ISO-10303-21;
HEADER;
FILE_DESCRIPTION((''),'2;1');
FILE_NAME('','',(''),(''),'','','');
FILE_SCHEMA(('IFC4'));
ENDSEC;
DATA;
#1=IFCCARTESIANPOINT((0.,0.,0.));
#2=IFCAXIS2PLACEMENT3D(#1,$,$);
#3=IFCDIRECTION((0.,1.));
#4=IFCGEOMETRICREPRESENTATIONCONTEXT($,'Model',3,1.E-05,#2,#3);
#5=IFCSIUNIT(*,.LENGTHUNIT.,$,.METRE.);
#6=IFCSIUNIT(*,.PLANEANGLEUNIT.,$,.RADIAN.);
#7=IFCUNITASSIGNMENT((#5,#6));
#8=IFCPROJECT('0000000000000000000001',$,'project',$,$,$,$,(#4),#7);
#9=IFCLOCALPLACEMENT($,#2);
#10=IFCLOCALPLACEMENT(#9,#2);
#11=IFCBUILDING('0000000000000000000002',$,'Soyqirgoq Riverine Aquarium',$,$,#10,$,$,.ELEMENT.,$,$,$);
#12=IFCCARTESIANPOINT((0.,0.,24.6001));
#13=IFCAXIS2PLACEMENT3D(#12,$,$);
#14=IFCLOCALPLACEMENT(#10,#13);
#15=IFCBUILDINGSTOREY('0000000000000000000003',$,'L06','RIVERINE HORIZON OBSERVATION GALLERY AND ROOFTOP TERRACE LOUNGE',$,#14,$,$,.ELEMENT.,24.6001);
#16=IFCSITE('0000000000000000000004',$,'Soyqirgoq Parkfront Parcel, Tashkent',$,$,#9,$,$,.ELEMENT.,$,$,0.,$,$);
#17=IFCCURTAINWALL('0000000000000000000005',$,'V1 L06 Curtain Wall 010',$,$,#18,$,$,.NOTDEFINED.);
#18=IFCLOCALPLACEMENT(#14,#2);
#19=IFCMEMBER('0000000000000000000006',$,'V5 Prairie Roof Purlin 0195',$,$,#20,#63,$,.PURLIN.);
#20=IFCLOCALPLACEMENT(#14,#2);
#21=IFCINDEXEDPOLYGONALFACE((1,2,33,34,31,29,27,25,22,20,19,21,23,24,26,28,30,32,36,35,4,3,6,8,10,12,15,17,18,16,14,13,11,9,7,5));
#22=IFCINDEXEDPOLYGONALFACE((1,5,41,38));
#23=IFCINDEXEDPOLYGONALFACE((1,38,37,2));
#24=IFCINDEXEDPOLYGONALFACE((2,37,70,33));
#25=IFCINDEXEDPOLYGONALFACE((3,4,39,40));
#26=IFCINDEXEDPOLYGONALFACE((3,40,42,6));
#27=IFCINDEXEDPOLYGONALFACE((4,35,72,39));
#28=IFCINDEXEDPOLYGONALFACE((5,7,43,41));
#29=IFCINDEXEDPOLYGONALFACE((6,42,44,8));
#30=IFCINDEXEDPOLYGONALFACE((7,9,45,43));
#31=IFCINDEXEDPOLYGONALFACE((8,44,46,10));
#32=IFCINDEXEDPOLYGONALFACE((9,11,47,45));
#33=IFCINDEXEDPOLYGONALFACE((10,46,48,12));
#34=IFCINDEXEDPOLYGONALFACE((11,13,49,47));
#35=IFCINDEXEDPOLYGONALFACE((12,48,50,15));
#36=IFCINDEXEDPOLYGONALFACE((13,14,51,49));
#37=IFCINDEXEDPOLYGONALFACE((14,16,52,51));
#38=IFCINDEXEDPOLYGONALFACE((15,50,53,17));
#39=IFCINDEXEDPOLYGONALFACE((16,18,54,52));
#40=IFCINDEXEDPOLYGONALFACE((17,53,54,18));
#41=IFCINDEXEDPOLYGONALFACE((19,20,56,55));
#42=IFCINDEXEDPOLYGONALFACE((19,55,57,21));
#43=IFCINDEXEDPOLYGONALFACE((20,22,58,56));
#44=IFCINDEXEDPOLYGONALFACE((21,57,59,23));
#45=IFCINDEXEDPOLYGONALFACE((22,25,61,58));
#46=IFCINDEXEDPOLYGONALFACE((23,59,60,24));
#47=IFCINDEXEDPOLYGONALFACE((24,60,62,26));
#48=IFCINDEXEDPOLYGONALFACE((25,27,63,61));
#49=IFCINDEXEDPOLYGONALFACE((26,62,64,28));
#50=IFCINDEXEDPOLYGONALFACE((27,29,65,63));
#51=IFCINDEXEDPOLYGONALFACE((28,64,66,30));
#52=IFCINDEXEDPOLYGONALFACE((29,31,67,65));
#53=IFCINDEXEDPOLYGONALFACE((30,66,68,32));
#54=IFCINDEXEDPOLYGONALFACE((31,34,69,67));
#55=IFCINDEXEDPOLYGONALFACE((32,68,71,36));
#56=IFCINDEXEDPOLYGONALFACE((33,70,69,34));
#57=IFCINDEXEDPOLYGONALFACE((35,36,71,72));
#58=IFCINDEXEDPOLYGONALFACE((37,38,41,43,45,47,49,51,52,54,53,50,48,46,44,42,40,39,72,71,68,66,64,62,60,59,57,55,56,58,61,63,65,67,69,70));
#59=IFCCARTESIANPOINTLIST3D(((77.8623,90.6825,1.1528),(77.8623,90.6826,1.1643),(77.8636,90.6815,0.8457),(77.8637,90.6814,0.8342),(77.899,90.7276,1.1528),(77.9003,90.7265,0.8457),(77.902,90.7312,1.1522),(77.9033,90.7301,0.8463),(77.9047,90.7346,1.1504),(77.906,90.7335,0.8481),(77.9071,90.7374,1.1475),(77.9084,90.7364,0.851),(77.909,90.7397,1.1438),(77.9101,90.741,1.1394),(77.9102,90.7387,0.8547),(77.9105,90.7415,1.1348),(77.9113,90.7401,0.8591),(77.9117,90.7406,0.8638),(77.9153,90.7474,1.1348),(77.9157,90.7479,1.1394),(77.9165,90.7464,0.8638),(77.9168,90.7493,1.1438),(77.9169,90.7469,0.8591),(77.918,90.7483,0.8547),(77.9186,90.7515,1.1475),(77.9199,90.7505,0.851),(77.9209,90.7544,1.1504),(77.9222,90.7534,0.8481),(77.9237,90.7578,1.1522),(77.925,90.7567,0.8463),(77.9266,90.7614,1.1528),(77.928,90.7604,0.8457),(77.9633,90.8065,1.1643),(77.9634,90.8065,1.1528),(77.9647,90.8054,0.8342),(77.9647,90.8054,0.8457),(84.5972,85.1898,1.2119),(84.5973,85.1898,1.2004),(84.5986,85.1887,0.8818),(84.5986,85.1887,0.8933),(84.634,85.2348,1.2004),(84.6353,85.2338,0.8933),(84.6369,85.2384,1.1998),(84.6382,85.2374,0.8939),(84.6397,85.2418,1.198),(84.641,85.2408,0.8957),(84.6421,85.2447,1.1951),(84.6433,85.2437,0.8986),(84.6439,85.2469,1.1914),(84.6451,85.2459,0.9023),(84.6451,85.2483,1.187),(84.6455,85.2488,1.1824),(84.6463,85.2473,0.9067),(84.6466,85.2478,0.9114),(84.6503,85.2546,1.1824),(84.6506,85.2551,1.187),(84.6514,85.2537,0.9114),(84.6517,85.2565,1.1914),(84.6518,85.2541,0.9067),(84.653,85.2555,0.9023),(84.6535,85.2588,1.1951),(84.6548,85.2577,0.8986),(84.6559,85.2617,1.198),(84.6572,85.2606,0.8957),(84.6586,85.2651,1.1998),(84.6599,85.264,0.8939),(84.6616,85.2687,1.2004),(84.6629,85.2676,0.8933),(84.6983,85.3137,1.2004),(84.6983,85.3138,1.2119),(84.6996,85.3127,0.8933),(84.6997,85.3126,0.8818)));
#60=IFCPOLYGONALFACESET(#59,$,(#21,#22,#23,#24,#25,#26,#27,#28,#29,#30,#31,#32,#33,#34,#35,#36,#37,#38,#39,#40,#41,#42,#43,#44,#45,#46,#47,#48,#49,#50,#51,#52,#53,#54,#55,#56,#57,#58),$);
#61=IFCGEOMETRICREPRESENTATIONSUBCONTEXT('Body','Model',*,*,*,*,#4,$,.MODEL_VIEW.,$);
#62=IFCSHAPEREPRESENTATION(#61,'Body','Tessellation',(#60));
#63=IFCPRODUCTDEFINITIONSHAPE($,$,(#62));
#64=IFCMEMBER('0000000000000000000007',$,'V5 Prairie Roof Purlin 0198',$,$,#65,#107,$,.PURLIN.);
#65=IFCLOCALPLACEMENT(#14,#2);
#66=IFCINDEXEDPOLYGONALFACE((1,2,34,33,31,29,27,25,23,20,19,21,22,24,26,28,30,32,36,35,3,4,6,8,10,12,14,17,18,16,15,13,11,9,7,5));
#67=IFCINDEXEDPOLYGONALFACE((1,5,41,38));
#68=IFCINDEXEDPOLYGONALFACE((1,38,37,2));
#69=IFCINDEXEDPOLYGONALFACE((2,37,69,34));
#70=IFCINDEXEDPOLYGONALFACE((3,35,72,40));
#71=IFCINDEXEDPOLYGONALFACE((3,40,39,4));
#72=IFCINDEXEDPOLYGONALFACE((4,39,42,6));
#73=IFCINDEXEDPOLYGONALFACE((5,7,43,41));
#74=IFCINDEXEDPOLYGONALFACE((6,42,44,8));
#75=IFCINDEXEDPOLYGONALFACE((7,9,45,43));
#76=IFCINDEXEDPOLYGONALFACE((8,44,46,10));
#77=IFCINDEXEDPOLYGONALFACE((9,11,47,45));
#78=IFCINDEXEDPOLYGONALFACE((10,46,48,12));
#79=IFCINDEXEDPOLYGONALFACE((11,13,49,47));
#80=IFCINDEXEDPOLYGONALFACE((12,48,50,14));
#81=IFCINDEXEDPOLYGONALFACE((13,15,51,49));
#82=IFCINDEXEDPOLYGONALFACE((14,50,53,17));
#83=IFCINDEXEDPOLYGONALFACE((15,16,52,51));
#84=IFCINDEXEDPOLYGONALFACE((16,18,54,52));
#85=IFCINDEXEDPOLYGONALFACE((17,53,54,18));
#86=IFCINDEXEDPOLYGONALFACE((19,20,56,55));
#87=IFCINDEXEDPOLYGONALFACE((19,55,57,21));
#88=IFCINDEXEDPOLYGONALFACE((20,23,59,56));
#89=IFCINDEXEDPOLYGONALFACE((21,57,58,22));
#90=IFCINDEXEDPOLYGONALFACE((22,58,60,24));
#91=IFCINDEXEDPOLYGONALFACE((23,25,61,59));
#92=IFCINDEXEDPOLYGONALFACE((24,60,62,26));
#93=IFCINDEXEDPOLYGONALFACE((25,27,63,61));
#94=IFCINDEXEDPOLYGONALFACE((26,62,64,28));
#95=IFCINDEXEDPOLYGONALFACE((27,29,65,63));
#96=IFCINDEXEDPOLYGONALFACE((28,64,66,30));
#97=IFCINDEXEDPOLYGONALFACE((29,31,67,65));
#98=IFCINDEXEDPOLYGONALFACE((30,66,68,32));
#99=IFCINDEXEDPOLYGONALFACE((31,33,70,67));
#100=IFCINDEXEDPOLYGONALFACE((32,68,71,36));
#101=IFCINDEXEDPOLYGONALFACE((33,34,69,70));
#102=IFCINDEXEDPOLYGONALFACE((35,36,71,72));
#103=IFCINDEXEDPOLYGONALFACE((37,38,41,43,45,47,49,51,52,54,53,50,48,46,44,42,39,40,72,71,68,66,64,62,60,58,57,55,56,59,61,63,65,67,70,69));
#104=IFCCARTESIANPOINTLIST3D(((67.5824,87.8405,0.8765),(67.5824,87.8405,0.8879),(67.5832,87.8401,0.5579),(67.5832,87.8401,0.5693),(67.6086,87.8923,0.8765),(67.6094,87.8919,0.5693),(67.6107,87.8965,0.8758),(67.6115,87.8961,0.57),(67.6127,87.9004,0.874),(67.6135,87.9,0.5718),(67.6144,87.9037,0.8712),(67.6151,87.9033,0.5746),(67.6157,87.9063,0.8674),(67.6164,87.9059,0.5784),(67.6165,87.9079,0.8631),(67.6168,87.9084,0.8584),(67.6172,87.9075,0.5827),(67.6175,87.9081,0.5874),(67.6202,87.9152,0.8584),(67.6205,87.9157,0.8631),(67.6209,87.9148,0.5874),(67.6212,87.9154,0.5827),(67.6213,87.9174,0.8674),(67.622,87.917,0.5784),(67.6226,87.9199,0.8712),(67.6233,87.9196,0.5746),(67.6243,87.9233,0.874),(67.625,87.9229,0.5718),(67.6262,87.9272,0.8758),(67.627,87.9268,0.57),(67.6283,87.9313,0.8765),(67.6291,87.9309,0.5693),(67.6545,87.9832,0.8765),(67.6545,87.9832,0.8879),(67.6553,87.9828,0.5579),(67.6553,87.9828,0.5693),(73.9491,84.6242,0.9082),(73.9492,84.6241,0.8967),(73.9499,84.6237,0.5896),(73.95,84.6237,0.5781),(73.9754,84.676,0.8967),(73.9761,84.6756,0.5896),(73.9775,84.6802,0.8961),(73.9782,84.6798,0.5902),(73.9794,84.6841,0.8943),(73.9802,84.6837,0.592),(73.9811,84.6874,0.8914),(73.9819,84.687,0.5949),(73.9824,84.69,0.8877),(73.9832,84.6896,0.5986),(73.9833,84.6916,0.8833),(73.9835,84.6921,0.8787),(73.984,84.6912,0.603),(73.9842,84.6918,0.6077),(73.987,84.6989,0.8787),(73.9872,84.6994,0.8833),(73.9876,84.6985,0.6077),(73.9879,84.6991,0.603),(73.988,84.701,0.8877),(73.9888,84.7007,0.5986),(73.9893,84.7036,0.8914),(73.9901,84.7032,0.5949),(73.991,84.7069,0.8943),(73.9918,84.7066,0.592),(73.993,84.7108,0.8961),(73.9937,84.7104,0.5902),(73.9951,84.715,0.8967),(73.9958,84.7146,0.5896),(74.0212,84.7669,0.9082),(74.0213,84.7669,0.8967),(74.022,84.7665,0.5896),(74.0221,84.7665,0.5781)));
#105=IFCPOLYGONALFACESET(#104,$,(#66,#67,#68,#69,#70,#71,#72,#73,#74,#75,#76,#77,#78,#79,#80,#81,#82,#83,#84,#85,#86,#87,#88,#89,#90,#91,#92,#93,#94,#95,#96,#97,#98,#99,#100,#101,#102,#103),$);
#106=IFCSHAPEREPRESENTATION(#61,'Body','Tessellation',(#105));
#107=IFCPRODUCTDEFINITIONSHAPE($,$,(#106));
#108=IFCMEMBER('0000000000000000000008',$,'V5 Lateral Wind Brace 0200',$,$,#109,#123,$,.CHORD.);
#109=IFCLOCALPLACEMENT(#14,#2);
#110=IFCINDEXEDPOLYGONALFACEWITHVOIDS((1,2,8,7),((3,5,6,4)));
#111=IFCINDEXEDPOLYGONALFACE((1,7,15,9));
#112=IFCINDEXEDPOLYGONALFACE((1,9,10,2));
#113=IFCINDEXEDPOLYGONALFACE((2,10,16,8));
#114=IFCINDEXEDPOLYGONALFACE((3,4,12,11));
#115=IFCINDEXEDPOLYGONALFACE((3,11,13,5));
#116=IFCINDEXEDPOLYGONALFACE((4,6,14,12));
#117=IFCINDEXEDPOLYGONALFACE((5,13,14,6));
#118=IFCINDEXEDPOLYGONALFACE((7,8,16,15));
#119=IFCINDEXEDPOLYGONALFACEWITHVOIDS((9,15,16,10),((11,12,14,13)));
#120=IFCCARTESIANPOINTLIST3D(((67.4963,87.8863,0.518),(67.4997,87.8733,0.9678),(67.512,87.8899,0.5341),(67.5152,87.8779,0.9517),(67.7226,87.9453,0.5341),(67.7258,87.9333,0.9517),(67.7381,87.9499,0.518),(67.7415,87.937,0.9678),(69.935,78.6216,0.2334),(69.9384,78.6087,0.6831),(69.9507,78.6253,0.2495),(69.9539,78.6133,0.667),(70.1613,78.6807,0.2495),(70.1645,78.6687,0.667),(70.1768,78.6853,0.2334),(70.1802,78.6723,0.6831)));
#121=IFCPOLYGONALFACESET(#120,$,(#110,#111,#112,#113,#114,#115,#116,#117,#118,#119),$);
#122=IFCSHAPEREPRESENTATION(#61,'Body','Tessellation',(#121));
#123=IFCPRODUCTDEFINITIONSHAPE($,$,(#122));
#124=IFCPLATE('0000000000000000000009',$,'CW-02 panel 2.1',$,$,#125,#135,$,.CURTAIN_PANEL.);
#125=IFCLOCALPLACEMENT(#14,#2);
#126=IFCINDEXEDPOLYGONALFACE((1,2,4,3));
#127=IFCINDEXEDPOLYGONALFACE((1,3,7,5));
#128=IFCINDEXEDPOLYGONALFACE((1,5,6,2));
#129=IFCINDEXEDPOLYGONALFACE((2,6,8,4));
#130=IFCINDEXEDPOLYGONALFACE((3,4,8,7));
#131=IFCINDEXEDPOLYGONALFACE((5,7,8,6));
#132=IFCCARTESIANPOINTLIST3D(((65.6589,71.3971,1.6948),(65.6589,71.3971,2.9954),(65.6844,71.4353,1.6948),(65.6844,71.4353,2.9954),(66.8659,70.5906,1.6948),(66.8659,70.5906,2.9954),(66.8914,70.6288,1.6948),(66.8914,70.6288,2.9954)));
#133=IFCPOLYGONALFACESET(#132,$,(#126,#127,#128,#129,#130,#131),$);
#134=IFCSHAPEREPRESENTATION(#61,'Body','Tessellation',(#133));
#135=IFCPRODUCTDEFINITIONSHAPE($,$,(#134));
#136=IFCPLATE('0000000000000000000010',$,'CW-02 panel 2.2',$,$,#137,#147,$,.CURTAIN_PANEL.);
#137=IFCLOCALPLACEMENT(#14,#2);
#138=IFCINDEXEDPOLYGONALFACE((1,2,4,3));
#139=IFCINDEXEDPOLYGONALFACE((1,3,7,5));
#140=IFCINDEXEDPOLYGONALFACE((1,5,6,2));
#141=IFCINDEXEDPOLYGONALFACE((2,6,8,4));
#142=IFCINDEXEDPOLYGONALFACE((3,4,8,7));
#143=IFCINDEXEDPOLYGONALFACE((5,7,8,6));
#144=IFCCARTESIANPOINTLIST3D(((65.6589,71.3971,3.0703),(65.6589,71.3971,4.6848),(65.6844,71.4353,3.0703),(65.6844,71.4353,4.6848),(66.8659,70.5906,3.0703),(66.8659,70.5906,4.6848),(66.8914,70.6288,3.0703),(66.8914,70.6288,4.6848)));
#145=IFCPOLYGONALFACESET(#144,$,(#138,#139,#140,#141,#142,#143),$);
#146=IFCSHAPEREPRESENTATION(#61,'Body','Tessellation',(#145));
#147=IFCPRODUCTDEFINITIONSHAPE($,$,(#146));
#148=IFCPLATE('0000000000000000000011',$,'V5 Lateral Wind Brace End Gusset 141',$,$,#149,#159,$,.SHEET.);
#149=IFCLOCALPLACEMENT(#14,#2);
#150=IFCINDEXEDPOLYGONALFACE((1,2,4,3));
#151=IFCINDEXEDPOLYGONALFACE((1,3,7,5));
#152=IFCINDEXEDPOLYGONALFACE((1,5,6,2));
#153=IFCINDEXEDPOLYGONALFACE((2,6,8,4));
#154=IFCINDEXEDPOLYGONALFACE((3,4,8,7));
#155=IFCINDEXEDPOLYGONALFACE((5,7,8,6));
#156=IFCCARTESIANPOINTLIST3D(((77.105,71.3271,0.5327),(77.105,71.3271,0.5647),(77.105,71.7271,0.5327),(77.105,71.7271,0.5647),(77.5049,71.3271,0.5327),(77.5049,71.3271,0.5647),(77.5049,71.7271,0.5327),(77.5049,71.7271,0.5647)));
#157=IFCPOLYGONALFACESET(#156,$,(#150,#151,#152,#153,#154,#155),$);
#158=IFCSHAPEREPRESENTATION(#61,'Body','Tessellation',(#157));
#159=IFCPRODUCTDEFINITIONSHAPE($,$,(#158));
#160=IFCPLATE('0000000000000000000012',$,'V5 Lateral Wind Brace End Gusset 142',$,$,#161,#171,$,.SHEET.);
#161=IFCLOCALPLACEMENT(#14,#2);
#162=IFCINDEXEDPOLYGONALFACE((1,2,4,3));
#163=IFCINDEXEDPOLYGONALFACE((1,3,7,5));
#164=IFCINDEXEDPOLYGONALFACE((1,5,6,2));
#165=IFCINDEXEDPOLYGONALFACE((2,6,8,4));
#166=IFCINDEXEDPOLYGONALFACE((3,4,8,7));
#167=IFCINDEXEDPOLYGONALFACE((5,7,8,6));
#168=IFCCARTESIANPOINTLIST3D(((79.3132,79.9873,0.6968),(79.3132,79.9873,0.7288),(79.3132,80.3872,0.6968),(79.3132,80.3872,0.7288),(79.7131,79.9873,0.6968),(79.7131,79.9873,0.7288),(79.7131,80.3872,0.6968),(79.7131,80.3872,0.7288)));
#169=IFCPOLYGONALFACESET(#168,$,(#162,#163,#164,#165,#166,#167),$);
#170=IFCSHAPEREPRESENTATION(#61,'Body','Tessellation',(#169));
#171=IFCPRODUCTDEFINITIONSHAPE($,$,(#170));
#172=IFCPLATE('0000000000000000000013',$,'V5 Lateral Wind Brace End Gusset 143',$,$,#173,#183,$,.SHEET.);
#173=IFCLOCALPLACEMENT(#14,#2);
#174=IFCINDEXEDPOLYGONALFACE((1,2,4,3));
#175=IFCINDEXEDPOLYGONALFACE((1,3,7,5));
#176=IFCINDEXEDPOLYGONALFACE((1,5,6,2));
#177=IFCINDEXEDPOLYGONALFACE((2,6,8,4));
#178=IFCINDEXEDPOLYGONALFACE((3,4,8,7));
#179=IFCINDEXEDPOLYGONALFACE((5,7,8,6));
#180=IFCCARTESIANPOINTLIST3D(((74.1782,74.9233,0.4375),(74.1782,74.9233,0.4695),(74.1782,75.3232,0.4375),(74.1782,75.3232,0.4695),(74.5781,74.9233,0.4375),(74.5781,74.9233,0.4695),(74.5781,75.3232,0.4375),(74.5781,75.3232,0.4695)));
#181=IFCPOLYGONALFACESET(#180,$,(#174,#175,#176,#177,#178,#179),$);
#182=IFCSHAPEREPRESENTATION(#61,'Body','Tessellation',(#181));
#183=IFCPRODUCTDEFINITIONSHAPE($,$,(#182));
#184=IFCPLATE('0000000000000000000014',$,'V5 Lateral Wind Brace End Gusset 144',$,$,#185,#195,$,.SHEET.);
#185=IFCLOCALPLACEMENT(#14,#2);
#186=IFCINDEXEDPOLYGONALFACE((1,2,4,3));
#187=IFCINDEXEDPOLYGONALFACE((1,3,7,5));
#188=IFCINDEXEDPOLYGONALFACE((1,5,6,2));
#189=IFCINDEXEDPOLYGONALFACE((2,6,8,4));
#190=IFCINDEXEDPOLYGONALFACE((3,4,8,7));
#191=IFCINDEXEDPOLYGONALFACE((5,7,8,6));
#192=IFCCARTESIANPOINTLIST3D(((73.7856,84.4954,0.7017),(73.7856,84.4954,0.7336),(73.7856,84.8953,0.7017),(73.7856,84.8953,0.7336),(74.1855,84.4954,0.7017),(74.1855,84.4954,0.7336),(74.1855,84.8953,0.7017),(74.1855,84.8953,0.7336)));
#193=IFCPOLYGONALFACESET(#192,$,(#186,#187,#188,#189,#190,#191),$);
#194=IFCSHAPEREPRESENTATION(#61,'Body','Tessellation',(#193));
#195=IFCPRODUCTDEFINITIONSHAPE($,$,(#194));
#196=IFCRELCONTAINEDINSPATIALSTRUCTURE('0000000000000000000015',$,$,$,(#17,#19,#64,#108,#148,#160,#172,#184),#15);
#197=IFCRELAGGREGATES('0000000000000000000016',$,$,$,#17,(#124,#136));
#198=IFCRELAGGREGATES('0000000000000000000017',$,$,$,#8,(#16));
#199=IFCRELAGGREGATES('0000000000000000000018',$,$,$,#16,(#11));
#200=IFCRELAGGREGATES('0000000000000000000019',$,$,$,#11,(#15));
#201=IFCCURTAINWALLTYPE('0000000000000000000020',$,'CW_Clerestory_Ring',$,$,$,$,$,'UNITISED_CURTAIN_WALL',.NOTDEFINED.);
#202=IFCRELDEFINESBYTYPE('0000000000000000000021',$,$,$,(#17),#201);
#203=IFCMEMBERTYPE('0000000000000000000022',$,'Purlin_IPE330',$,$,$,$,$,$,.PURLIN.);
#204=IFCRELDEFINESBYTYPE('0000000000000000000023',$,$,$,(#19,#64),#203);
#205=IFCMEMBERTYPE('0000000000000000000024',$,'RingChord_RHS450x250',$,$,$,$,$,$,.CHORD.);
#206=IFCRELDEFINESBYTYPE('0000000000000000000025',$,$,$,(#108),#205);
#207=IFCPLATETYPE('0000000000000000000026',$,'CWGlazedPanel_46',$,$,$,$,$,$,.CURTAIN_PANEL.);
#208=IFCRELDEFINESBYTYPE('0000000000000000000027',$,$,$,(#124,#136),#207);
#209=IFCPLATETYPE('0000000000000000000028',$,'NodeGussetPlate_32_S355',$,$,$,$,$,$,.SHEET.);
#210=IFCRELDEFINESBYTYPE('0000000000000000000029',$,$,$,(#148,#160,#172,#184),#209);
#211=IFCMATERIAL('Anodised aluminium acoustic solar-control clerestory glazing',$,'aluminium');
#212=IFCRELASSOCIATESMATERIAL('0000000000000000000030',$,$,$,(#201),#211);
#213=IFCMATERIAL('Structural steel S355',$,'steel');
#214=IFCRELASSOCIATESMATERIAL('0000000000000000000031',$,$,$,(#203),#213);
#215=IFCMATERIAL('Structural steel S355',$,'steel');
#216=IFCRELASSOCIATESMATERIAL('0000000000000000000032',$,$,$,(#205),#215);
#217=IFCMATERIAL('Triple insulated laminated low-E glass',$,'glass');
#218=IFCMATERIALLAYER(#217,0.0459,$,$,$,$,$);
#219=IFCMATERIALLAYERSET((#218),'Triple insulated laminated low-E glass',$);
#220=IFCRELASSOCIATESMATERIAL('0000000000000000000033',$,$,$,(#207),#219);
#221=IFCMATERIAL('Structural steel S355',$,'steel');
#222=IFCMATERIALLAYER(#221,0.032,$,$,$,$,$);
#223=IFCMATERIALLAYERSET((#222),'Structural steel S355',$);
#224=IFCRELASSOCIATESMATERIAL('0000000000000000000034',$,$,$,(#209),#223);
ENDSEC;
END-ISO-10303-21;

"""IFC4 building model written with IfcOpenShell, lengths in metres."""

from ifc_helpers import new_model, si_unit, direction, frame, origin, origin_2d, place, context, subcontext, project, spatial, rectangle, hollow_rectangle, i_section, extrude, material, layer, layer_set, material_profile, profile_set, type_object, element, aggregate, save


model = new_model("IFC4")

# Units and contexts
model_context = context("Model", 3, precision=1e-05, world=origin(), true_north=direction((0.0, 1.0)))
body_context = subcontext(model_context, "Body", "Model", "MODEL_VIEW")
ifc_project = project(units=[si_unit("LENGTHUNIT", "METRE"), si_unit("PLANEANGLEUNIT", "RADIAN")], contexts=[model_context])

# Site, building, storey
site_placement = place(None, origin())
site = spatial("IfcSite", under=ifc_project, at=site_placement, Name="Soyqirgoq Parkfront Parcel, Tashkent", CompositionType="ELEMENT", RefElevation=0.0)
building_placement = place(site_placement, origin())
building = spatial("IfcBuilding", under=site, at=building_placement, Name="Soyqirgoq Riverine Aquarium", CompositionType="ELEMENT")
storey_placement = place(building_placement, frame((0.0, 0.0, 24.6001)))
storey = spatial("IfcBuildingStorey", under=building, at=storey_placement, Name="L06", Description="RIVERINE HORIZON OBSERVATION GALLERY AND ROOFTOP TERRACE LOUNGE", CompositionType="ELEMENT", Elevation=24.6001)

# Curtain wall
ifc_material_1 = material(Name="Anodised aluminium acoustic solar-control clerestory glazing", Category="aluminium")
curtain_wall_type = type_object("IfcCurtainWallType", Name="CW_Clerestory_Ring", ElementType="UNITISED_CURTAIN_WALL", PredefinedType="NOTDEFINED", material=ifc_material_1)
curtain_wall_placement = place(storey_placement, origin())
curtain_wall = element("IfcCurtainWall", 1, at=curtain_wall_placement, inside=storey, type_object=curtain_wall_type, Name="V1 L06 Curtain Wall 010", PredefinedType="NOTDEFINED")

# Members
ifc_material_2 = material(Name="Structural steel S355", Category="steel")
ifc_material_profile_1 = material_profile(ifc_material_2, i_section(OverallWidth=0.1599, OverallDepth=0.3301, WebThickness=0.0076, FlangeThickness=0.0115, FilletRadius=0.0181, at=origin_2d()), Name="IPE 330")
ifc_profile_set_1 = profile_set([ifc_material_profile_1], Name="Structural steel S355")
member_type_1 = type_object("IfcMemberType", Name="Purlin_IPE330", PredefinedType="PURLIN", material=ifc_profile_set_1)
member_1_placement = place(storey_placement, frame((84.6484, 85.2512, 1.0469), z_axis=(-0.774941, 0.63201, -0.005478), x_axis=(-0.632019, -0.774953, 0.0)))
element("IfcMember", 2, at=member_1_placement, inside=storey, type_object=member_type_1, Name="V5 Prairie Roof Purlin 0195", PredefinedType="PURLIN", context=body_context, shape_type="SweptSolid", body=[
    extrude(i_section(OverallWidth=0.1599, OverallDepth=0.3301, WebThickness=0.0076, FlangeThickness=0.0115, FilletRadius=0.0181, at=origin_2d()), origin(), (0.0, 0.0, 1.0), 8.6909),
])
member_2_placement = place(storey_placement, frame((73.9856, 84.6953, 0.7432), z_axis=(-0.892568, 0.450904, -0.002841), x_axis=(-0.450906, -0.892571, 0.0)))
element("IfcMember", 3, at=member_2_placement, inside=storey, type_object=member_type_1, Name="V5 Prairie Roof Purlin 0198", PredefinedType="PURLIN", context=body_context, shape_type="SweptSolid", body=[
    extrude(i_section(OverallWidth=0.1599, OverallDepth=0.3301, WebThickness=0.0076, FlangeThickness=0.0115, FilletRadius=0.0181, at=origin_2d()), origin(), (0.0, 0.0, 1.0), 7.1331),
])
ifc_material_3 = material(Name="Structural steel S355", Category="steel")
ifc_material_profile_2 = material_profile(ifc_material_3, hollow_rectangle(XDim=0.25, YDim=0.45, WallThickness=0.0161, at=origin_2d()), Name="RHS 450x250x16")
ifc_profile_set_2 = profile_set([ifc_material_profile_2], Name="Structural steel S355")
member_type_2 = type_object("IfcMemberType", Name="RingChord_RHS450x250", PredefinedType="CHORD", material=ifc_profile_set_2)
member_3_placement = place(storey_placement, frame((70.0576, 78.647, 0.4583), z_axis=(-0.254445, 0.966631, 0.029701), x_axis=(-0.967058, -0.254557, 0.0)))
element("IfcMember", 4, at=member_3_placement, inside=storey, type_object=member_type_2, Name="V5 Lateral Wind Brace 0200", PredefinedType="CHORD", context=body_context, shape_type="SweptSolid", body=[
    extrude(hollow_rectangle(XDim=0.25, YDim=0.45, WallThickness=0.0161, at=origin_2d()), origin(), (0.0, 0.0, 1.0), 9.5845),
])

# Plates
ifc_material_4 = material(Name="Triple insulated laminated low-E glass", Category="glass")
ifc_layer_1 = layer(ifc_material_4, 0.0459)
ifc_layer_set_1 = layer_set([ifc_layer_1], Name="Triple insulated laminated low-E glass")
plate_type_1 = type_object("IfcPlateType", Name="CWGlazedPanel_46", PredefinedType="CURTAIN_PANEL", material=ifc_layer_set_1)
plate_1_placement = place(storey_placement, frame((66.2751, 71.0129, 1.6948), z_axis=(0.0, 0.0, 1.0), x_axis=(-0.831464, 0.555579, 0.0)))
plate_1 = element("IfcPlate", 5, at=plate_1_placement, type_object=plate_type_1, Name="CW-02 panel 2.1", PredefinedType="CURTAIN_PANEL", context=body_context, shape_type="SweptSolid", body=[
    extrude(rectangle(XDim=1.4517, YDim=0.0459, at=origin_2d()), origin(), (0.0, 0.0, 1.0), 1.3005),
])
plate_2_placement = place(storey_placement, frame((66.2751, 71.0129, 3.0703), z_axis=(0.0, 0.0, 1.0), x_axis=(-0.831464, 0.555579, 0.0)))
plate_2 = element("IfcPlate", 6, at=plate_2_placement, type_object=plate_type_1, Name="CW-02 panel 2.2", PredefinedType="CURTAIN_PANEL", context=body_context, shape_type="SweptSolid", body=[
    extrude(rectangle(XDim=1.4517, YDim=0.0459, at=origin_2d()), origin(), (0.0, 0.0, 1.0), 1.6145),
])
aggregate(curtain_wall, [plate_1, plate_2])

# Plates
ifc_material_5 = material(Name="Structural steel S355", Category="steel")
ifc_layer_2 = layer(ifc_material_5, 0.032)
ifc_layer_set_2 = layer_set([ifc_layer_2], Name="Structural steel S355")
plate_type_2 = type_object("IfcPlateType", Name="NodeGussetPlate_32_S355", PredefinedType="SHEET", material=ifc_layer_set_2)
for number, where, z_axis, x_axis, name in (
    (7, (77.3049, 71.5271, 0.5327), (0.0, 0.0, 1.0), (1.0, 0.0, 0.0), "V5 Lateral Wind Brace End Gusset 141"),
    (8, (79.5132, 80.1873, 0.6968), (0.0, 0.0, 1.0), (1.0, 0.0, 0.0), "V5 Lateral Wind Brace End Gusset 142"),
    (9, (74.3782, 75.1233, 0.4375), (0.0, 0.0, 1.0), (1.0, 0.0, 0.0), "V5 Lateral Wind Brace End Gusset 143"),
    (10, (73.9856, 84.6953, 0.7017), (0.0, 0.0, 1.0), (1.0, 0.0, 0.0), "V5 Lateral Wind Brace End Gusset 144"),
):
    element("IfcPlate", number, at=place(storey_placement, frame(where, z_axis=z_axis, x_axis=x_axis)), inside=storey, type_object=plate_type_2, Name=name, PredefinedType="SHEET", context=body_context, shape_type="SweptSolid", body=[
        extrude(rectangle(XDim=0.3999, YDim=0.3999, at=origin_2d()), origin(), (0.0, 0.0, 1.0), 0.032),
    ])

save(model, "model.ifc")
